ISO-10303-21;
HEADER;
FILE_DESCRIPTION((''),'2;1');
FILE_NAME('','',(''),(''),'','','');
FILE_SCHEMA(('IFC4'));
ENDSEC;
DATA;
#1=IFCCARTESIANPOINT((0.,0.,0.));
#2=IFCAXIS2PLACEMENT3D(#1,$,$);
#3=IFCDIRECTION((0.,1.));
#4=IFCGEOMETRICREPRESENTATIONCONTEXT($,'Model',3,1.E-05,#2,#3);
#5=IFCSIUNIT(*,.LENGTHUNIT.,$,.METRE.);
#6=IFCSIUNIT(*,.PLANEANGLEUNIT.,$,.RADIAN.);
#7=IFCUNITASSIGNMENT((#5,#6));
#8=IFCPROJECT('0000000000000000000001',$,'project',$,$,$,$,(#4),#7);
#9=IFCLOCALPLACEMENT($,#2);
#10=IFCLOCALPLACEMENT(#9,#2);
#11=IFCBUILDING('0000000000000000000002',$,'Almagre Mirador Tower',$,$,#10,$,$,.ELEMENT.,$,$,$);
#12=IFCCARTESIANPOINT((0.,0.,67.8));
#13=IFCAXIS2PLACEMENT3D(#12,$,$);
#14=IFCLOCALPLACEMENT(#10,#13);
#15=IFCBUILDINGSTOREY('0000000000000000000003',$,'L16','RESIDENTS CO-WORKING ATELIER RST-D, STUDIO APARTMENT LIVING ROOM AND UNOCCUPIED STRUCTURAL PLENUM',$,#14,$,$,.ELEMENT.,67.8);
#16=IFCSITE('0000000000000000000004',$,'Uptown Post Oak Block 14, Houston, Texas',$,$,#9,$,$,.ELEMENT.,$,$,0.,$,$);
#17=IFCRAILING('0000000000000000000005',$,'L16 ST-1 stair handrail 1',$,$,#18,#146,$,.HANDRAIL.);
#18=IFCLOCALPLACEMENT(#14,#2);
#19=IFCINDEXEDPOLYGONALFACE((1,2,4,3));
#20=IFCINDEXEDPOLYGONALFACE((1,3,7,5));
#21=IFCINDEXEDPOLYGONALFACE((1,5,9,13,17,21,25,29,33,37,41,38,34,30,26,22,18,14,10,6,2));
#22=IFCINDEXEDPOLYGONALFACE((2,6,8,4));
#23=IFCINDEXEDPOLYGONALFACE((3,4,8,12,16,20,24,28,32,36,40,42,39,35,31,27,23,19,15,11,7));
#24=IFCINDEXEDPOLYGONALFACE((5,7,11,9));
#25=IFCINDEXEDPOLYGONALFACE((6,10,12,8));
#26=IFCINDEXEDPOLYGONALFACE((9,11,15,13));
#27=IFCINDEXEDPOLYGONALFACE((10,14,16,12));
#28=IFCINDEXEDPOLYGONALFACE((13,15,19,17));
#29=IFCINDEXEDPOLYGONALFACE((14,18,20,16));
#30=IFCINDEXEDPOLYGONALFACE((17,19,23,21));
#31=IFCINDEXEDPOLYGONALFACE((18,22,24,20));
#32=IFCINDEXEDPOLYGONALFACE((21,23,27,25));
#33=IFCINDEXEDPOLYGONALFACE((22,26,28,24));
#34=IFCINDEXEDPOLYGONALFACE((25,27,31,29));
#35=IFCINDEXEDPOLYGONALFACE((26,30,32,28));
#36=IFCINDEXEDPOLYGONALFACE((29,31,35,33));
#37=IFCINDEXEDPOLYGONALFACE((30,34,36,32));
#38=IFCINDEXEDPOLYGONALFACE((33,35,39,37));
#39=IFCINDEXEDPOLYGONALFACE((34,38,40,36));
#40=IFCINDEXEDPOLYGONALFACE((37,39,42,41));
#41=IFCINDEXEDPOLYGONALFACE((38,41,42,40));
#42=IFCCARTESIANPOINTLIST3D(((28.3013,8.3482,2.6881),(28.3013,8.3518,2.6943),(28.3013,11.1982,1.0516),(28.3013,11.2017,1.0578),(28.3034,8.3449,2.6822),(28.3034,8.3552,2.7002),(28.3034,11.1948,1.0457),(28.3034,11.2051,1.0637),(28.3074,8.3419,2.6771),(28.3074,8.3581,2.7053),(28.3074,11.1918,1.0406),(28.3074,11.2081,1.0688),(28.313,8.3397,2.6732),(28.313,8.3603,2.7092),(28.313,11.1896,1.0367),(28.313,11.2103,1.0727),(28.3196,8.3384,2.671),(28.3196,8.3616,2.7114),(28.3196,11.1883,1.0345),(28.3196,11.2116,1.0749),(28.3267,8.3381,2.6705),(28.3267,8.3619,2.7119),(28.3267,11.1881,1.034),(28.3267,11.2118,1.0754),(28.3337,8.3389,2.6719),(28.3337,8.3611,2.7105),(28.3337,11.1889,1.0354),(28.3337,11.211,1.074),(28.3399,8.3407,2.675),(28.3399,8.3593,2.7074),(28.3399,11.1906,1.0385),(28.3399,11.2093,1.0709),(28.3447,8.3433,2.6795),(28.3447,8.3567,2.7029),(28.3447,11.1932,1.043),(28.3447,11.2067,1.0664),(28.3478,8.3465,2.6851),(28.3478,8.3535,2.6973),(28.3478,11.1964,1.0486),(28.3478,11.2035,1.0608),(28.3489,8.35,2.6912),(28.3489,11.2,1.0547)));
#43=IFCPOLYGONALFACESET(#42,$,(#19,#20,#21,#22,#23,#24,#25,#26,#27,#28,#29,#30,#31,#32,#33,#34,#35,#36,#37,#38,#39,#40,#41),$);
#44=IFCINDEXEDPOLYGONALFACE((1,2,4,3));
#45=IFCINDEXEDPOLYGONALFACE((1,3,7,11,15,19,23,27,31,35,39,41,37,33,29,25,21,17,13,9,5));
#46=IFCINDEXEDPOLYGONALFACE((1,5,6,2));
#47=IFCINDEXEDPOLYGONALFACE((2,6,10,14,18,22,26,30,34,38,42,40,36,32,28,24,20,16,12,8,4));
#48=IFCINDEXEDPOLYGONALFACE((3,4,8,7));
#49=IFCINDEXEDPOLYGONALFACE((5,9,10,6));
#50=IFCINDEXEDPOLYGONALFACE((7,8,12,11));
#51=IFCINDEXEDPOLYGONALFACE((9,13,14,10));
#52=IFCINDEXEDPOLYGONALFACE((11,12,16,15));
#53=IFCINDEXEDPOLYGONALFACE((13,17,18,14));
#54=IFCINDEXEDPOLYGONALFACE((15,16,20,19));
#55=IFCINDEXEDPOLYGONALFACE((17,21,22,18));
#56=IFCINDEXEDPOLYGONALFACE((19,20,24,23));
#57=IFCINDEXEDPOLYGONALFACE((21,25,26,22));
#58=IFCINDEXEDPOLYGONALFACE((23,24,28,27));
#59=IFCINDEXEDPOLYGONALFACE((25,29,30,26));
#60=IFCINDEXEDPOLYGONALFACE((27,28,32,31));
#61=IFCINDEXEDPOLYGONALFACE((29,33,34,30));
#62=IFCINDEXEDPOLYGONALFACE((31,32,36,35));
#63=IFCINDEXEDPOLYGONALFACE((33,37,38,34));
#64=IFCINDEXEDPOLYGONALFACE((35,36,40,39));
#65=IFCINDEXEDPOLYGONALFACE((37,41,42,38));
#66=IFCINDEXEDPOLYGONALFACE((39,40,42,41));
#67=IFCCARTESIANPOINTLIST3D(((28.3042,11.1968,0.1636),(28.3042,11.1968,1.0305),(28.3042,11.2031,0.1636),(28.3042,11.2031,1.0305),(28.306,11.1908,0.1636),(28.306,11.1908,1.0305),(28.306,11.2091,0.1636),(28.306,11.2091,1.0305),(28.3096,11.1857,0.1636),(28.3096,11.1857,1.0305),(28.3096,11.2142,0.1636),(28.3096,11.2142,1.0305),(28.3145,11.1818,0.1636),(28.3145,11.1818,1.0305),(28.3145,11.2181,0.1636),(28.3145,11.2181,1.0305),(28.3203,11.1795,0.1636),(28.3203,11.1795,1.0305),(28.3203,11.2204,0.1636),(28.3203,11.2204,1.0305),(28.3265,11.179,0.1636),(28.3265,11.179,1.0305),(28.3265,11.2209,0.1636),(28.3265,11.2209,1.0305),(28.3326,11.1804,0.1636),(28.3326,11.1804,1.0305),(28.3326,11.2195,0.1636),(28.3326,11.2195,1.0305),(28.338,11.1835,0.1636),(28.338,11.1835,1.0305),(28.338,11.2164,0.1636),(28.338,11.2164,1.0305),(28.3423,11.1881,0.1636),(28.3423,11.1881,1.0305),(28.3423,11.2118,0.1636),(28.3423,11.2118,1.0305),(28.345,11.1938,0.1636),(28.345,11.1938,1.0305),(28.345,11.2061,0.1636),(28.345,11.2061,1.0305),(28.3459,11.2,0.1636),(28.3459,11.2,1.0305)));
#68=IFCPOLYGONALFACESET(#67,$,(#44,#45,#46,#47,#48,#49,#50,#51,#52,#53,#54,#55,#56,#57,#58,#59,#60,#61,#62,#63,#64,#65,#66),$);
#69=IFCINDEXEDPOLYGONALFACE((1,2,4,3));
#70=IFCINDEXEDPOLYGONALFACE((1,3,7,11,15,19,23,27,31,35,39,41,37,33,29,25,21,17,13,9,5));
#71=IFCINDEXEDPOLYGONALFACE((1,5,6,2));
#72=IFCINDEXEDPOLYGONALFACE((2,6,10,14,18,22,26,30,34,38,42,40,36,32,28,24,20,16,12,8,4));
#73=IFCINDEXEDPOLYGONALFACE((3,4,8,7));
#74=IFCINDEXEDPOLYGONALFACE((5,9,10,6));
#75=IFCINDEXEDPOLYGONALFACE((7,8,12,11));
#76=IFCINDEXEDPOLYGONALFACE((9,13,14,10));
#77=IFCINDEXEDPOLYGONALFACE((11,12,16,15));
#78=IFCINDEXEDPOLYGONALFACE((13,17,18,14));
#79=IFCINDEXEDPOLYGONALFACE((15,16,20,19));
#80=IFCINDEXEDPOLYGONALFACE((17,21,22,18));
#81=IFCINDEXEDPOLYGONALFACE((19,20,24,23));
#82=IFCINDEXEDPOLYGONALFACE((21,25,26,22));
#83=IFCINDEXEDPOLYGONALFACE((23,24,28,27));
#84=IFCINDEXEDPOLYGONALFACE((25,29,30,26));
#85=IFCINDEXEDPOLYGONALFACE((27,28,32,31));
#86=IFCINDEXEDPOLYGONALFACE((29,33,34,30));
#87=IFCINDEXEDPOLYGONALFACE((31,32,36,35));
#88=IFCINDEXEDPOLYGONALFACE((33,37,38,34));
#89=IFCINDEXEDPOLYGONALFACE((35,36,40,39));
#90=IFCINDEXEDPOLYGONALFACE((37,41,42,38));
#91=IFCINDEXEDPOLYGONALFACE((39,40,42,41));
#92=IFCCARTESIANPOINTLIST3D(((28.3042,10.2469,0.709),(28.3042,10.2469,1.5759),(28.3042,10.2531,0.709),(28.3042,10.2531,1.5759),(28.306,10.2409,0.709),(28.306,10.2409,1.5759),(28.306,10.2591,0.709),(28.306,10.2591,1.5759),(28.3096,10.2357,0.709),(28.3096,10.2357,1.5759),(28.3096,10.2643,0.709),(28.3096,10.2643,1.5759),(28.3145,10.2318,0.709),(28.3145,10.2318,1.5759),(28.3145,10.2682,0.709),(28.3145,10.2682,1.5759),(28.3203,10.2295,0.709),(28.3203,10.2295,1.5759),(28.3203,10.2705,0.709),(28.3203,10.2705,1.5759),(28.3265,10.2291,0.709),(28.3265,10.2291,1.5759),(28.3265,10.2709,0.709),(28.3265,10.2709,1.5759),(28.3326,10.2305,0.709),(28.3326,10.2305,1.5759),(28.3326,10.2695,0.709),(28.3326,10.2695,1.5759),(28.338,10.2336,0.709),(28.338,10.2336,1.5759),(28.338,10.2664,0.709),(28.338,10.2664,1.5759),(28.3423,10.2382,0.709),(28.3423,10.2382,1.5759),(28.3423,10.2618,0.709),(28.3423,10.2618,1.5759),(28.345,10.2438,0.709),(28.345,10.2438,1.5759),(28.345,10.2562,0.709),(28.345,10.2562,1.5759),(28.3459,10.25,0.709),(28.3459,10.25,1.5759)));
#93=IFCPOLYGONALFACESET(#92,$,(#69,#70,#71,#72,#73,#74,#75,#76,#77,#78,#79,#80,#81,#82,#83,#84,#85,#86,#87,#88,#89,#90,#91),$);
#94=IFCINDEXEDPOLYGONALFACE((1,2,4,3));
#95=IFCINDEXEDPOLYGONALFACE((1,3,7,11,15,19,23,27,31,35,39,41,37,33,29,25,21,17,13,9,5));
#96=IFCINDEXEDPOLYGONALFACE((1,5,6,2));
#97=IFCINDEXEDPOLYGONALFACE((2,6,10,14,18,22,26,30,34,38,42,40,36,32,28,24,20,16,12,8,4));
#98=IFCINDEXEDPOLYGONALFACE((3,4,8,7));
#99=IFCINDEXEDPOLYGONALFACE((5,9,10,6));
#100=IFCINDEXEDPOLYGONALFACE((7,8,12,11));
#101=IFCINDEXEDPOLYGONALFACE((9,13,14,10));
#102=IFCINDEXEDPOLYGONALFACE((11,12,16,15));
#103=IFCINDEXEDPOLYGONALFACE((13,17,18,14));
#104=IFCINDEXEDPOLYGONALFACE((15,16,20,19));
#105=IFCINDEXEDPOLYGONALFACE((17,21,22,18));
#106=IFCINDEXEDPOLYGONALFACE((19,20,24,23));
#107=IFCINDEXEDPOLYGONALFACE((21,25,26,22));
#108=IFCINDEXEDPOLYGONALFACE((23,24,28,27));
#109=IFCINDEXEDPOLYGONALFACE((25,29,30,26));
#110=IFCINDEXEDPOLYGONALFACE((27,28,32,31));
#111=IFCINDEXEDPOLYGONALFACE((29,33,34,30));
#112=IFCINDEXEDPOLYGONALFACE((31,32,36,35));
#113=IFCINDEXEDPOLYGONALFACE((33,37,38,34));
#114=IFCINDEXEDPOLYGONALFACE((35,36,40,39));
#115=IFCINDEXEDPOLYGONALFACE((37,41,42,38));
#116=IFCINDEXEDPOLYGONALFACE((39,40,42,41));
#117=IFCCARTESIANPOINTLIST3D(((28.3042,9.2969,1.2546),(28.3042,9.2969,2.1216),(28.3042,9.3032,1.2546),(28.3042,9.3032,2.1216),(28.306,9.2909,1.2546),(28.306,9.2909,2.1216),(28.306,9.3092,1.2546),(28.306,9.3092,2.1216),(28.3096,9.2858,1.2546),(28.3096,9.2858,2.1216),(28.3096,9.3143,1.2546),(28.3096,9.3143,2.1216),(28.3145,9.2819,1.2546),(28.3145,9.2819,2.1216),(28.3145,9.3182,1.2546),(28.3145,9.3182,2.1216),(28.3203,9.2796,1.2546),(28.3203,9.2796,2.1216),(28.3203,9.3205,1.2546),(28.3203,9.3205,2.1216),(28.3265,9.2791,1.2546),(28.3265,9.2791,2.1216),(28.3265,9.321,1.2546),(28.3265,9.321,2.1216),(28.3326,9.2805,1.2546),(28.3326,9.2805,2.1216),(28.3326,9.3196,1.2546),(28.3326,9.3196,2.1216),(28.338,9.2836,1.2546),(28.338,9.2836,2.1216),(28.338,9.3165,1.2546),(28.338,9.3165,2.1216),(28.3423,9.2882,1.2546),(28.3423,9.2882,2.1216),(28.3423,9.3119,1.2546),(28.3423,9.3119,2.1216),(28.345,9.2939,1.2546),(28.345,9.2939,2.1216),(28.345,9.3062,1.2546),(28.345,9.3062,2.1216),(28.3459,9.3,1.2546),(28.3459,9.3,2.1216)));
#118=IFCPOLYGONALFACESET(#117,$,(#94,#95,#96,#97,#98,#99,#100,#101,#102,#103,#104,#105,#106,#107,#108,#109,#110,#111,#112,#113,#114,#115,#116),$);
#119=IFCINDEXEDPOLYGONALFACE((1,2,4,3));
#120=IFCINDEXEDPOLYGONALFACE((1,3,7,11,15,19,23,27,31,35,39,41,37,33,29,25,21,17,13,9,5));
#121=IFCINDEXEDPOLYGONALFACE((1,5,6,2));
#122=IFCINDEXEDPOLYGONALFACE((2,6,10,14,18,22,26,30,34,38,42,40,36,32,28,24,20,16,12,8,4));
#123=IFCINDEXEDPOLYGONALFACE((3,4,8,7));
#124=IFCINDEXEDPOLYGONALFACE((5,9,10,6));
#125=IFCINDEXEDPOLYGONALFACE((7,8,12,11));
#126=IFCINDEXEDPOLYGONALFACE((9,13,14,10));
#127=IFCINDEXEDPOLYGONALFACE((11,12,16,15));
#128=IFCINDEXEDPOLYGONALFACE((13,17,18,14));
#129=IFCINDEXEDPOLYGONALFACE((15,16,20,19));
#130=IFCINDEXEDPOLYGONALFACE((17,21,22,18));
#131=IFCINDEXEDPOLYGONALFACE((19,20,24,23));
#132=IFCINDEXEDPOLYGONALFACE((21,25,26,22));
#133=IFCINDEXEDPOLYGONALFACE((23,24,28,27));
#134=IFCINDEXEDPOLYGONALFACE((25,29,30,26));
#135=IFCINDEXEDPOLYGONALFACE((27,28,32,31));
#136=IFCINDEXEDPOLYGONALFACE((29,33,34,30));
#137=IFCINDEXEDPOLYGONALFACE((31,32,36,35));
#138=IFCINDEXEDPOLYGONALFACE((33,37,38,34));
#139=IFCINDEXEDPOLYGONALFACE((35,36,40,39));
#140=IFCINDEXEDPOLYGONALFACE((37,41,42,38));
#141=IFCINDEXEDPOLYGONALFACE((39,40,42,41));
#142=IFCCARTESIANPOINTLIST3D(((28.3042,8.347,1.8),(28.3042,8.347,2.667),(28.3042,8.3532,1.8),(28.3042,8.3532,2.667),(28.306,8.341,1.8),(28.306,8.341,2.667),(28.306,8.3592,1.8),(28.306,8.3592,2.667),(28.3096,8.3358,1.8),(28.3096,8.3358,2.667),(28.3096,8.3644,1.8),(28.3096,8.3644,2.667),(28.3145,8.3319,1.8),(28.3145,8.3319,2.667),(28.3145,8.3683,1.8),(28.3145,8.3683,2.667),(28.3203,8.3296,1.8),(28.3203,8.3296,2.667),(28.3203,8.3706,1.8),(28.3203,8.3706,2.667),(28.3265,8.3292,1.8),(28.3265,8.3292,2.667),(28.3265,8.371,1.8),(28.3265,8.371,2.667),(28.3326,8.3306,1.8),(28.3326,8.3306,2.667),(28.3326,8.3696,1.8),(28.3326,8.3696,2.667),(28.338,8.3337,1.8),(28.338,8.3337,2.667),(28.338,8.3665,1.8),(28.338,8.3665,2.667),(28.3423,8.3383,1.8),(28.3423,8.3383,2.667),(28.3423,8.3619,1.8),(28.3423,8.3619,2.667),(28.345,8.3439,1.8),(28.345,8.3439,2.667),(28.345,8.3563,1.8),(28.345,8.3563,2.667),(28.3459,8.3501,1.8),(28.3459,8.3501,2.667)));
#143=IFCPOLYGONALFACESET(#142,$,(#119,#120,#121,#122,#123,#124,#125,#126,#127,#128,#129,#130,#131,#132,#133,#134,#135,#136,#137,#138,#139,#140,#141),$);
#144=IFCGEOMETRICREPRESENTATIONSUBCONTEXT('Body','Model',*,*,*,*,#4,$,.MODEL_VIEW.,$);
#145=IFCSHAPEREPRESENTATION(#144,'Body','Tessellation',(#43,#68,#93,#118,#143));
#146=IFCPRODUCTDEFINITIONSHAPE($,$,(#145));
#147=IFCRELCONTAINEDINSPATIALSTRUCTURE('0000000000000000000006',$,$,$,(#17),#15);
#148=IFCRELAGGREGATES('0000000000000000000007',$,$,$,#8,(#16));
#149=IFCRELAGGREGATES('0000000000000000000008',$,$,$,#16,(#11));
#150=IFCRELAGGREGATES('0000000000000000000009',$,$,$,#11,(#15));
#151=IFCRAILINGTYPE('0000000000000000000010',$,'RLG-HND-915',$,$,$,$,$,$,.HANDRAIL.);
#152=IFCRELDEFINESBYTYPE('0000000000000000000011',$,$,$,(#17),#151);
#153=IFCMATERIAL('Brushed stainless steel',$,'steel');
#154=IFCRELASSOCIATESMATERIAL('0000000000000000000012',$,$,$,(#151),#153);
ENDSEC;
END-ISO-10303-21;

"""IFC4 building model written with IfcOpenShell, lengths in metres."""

from ifc_helpers import new_model, si_unit, direction, frame, origin, origin_2d, place, context, subcontext, project, spatial, circle, extrude, material, type_object, element, save


model = new_model("IFC4")

# Units and contexts
model_context = context("Model", 3, precision=1e-05, world=origin(), true_north=direction((0.0, 1.0)))
body_context = subcontext(model_context, "Body", "Model", "MODEL_VIEW")
ifc_project = project(units=[si_unit("LENGTHUNIT", "METRE"), si_unit("PLANEANGLEUNIT", "RADIAN")], contexts=[model_context])

# Site, building, storey
site_placement = place(None, origin())
site = spatial("IfcSite", under=ifc_project, at=site_placement, Name="Uptown Post Oak Block 14, Houston, Texas", CompositionType="ELEMENT", RefElevation=0.0)
building_placement = place(site_placement, origin())
building = spatial("IfcBuilding", under=site, at=building_placement, Name="Almagre Mirador Tower", CompositionType="ELEMENT")
storey_placement = place(building_placement, frame((0.0, 0.0, 67.8)))
storey = spatial("IfcBuildingStorey", under=building, at=storey_placement, Name="L16", Description="RESIDENTS CO-WORKING ATELIER RST-D, STUDIO APARTMENT LIVING ROOM AND UNOCCUPIED STRUCTURAL PLENUM", CompositionType="ELEMENT", Elevation=67.8)

# Railing
ifc_material_1 = material(Name="Brushed stainless steel", Category="steel")
railing_type_1 = type_object("IfcRailingType", Name="RLG-HND-915", PredefinedType="HANDRAIL", material=ifc_material_1)
railing_1_placement = place(storey_placement, frame((28.325, 11.2, 0.1636)))
element("IfcRailing", 1, at=railing_1_placement, inside=storey, type_object=railing_type_1, Name="L16 ST-1 stair handrail 1", PredefinedType="HANDRAIL", context=body_context, shape_type="SweptSolid", body=[
    extrude(circle(Radius=0.0239, at=origin_2d()), frame((0.0, 0.0, 0.8911), z_axis=(0.0, -0.867194, 0.49797), x_axis=(1.0, 0.0, 0.0)), (0.0, 0.0, 1.0), 3.2864),
    extrude(circle(Radius=0.021, at=origin_2d()), origin(), (0.0, 0.0, 1.0), 0.8669),
    extrude(circle(Radius=0.021, at=origin_2d()), frame((0.0, -0.95, 0.5454)), (0.0, 0.0, 1.0), 0.8669),
    extrude(circle(Radius=0.021, at=origin_2d()), frame((0.0, -1.8999, 1.0911)), (0.0, 0.0, 1.0), 0.8669),
    extrude(circle(Radius=0.021, at=origin_2d()), frame((0.0, -2.8499, 1.6365)), (0.0, 0.0, 1.0), 0.8669),
])

save(model, "model.ifc")
